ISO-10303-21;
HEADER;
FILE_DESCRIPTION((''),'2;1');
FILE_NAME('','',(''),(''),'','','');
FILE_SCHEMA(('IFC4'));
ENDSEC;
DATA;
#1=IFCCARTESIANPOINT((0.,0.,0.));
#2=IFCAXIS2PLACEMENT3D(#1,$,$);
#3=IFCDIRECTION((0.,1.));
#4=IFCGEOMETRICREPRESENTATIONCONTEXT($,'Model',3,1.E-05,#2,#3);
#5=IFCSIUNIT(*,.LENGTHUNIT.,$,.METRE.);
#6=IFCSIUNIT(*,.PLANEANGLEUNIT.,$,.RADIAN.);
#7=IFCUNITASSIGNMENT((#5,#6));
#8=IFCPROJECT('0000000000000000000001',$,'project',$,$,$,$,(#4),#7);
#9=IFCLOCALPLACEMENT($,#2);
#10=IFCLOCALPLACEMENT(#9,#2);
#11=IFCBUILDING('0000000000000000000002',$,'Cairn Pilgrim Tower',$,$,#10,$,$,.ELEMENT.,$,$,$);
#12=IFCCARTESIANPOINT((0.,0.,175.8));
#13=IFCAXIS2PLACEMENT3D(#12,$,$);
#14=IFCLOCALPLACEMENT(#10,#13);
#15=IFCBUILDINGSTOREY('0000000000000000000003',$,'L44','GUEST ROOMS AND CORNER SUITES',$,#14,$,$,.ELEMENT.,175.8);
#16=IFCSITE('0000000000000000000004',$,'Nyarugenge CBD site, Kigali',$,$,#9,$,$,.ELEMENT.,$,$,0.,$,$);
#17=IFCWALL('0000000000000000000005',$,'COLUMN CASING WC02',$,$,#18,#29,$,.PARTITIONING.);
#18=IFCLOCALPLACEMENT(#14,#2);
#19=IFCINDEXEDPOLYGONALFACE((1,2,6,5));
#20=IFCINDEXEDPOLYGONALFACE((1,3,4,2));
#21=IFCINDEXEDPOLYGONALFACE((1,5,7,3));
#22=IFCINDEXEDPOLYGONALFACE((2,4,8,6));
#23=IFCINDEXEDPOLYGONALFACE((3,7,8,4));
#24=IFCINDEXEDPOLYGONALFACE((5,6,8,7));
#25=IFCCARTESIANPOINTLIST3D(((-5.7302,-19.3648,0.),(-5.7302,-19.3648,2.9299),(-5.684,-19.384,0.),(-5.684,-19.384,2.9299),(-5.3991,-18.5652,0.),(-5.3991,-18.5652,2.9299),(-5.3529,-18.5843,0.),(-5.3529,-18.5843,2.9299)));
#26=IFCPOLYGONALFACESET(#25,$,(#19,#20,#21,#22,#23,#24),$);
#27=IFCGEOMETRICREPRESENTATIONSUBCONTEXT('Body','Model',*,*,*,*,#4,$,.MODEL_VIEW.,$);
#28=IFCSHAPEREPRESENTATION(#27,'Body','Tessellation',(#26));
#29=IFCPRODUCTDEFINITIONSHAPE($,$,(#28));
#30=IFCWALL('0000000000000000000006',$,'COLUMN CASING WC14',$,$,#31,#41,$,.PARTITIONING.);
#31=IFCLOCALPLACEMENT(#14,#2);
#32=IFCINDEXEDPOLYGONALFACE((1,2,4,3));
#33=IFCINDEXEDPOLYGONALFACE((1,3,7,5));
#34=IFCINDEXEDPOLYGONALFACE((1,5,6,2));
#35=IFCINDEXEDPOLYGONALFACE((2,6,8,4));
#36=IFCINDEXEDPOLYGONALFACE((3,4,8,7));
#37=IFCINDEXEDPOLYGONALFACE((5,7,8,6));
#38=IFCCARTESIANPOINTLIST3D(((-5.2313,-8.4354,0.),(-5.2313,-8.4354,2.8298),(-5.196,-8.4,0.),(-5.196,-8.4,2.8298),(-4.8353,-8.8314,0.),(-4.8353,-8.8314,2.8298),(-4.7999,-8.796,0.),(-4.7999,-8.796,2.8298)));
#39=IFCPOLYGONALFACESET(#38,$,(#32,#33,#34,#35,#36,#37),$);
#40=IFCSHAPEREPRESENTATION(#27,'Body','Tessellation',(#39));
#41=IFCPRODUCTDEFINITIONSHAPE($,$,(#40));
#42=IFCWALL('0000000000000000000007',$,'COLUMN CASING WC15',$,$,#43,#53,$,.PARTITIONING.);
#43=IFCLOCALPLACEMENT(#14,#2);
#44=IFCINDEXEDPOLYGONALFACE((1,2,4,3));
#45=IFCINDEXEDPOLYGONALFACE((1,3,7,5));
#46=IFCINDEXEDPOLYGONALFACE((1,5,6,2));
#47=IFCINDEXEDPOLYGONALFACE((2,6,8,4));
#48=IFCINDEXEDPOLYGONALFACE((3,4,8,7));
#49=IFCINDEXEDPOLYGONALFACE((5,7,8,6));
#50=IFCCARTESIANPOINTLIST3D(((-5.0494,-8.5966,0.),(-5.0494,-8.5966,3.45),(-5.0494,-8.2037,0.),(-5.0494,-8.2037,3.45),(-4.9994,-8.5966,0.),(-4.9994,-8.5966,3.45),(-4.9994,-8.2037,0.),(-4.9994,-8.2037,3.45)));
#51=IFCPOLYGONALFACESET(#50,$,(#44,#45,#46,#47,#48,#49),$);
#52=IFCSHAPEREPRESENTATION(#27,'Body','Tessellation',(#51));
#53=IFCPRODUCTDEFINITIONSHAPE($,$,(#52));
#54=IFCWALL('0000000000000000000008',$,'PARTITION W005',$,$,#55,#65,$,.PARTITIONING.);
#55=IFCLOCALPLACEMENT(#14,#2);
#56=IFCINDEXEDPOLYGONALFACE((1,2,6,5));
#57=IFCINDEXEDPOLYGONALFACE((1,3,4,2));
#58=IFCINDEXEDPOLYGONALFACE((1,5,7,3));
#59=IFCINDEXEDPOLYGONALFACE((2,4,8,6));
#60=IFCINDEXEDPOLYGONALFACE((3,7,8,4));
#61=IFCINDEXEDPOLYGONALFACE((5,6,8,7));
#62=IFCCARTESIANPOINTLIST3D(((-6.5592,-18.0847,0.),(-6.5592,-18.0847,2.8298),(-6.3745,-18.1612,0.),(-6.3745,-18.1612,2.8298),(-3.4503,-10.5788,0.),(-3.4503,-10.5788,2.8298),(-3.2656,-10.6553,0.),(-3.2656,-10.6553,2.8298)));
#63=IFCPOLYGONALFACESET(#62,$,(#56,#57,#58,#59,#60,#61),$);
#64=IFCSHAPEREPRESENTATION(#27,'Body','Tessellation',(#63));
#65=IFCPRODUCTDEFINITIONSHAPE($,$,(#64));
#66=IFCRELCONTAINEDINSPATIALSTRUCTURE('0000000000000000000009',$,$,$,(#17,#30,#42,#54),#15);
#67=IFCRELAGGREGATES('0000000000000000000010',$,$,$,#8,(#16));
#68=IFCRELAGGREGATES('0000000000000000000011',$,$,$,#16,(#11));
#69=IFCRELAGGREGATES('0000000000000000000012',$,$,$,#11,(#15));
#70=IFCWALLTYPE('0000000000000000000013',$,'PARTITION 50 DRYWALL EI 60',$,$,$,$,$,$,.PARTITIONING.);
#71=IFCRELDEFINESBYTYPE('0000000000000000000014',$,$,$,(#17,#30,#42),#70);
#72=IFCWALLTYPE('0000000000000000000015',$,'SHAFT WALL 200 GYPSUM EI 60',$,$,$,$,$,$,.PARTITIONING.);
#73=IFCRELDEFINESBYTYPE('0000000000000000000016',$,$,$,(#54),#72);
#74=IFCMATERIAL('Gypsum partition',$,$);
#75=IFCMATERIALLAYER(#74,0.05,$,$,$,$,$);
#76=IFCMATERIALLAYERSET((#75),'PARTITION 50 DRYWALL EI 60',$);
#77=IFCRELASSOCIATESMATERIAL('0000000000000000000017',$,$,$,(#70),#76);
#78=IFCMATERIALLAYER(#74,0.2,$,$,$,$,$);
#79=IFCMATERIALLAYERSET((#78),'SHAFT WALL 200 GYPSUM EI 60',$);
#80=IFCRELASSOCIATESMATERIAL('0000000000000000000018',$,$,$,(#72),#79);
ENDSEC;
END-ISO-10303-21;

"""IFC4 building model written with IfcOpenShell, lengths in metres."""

from ifc_helpers import new_model, si_unit, direction, frame, frame_2d, origin, place, context, subcontext, project, spatial, rectangle, extrude, material, layer, layer_set, type_object, element, save


model = new_model("IFC4")

# Units and contexts
model_context = context("Model", 3, precision=1e-05, world=origin(), true_north=direction((0.0, 1.0)))
body_context = subcontext(model_context, "Body", "Model", "MODEL_VIEW")
ifc_project = project(units=[si_unit("LENGTHUNIT", "METRE"), si_unit("PLANEANGLEUNIT", "RADIAN")], contexts=[model_context])

# Site, building, storey
site_placement = place(None, origin())
site = spatial("IfcSite", under=ifc_project, at=site_placement, Name="Nyarugenge CBD site, Kigali", CompositionType="ELEMENT", RefElevation=0.0)
building_placement = place(site_placement, origin())
building = spatial("IfcBuilding", under=site, at=building_placement, Name="Cairn Pilgrim Tower", CompositionType="ELEMENT")
storey_placement = place(building_placement, frame((0.0, 0.0, 175.8)))
storey = spatial("IfcBuildingStorey", under=building, at=storey_placement, Name="L44", Description="GUEST ROOMS AND CORNER SUITES", CompositionType="ELEMENT", Elevation=175.8)

# Shared definitions
ifc_material_1 = material(Name="Gypsum partition")

# Walls
ifc_layer_1 = layer(ifc_material_1, 0.05)
ifc_layer_set_1 = layer_set([ifc_layer_1], Name="PARTITION 50 DRYWALL EI 60")
wall_type_1 = type_object("IfcWallType", Name="PARTITION 50 DRYWALL EI 60", PredefinedType="PARTITIONING", material=ifc_layer_set_1)
wall_1_placement = place(storey_placement, frame((-5.707, -19.3743, 0.0), z_axis=(0.0, 0.0, 1.0), x_axis=(0.382551, 0.923934, 0.0)))
element("IfcWall", 1, at=wall_1_placement, inside=storey, type_object=wall_type_1, Name="COLUMN CASING WC02", PredefinedType="PARTITIONING", context=body_context, shape_type="SweptSolid", body=[
    extrude(rectangle(XDim=0.8655, YDim=0.05, at=frame_2d((0.4326, 0.0))), origin(), (0.0, 0.0, 1.0), 2.9299),
])
wall_2_placement = place(storey_placement, frame((-4.8176, -8.8137, 0.0), z_axis=(0.0, 0.0, 1.0), x_axis=(-0.707107, 0.707107, 0.0)))
element("IfcWall", 2, at=wall_2_placement, inside=storey, type_object=wall_type_1, Name="COLUMN CASING WC14", PredefinedType="PARTITIONING", context=body_context, shape_type="SweptSolid", body=[
    extrude(rectangle(XDim=0.5601, YDim=0.05, at=frame_2d((0.28, 0.0))), origin(), (0.0, 0.0, 1.0), 2.8298),
])
wall_3_placement = place(storey_placement, frame((-5.0244, -8.5964, 0.0), z_axis=(0.0, 0.0, 1.0), x_axis=(0.0, 1.0, 0.0)))
element("IfcWall", 3, at=wall_3_placement, inside=storey, type_object=wall_type_1, Name="COLUMN CASING WC15", PredefinedType="PARTITIONING", context=body_context, shape_type="SweptSolid", body=[
    extrude(rectangle(XDim=0.3928, YDim=0.05, at=frame_2d((0.1963, 0.0))), origin(), (0.0, 0.0, 1.0), 3.45),
])
ifc_layer_2 = layer(ifc_material_1, 0.2)
ifc_layer_set_2 = layer_set([ifc_layer_2], Name="SHAFT WALL 200 GYPSUM EI 60")
wall_type_2 = type_object("IfcWallType", Name="SHAFT WALL 200 GYPSUM EI 60", PredefinedType="PARTITIONING", material=ifc_layer_set_2)
wall_4_placement = place(storey_placement, frame((-6.4668, -18.1228, 0.0), z_axis=(0.0, 0.0, 1.0), x_axis=(0.382669, 0.923886, 0.0)))
element("IfcWall", 4, at=wall_4_placement, inside=storey, type_object=wall_type_2, Name="PARTITION W005", PredefinedType="PARTITIONING", context=body_context, shape_type="SweptSolid", body=[
    extrude(rectangle(XDim=8.1243, YDim=0.2, at=frame_2d((4.062, 0.0))), origin(), (0.0, 0.0, 1.0), 2.8298),
])

save(model, "model.ifc")
